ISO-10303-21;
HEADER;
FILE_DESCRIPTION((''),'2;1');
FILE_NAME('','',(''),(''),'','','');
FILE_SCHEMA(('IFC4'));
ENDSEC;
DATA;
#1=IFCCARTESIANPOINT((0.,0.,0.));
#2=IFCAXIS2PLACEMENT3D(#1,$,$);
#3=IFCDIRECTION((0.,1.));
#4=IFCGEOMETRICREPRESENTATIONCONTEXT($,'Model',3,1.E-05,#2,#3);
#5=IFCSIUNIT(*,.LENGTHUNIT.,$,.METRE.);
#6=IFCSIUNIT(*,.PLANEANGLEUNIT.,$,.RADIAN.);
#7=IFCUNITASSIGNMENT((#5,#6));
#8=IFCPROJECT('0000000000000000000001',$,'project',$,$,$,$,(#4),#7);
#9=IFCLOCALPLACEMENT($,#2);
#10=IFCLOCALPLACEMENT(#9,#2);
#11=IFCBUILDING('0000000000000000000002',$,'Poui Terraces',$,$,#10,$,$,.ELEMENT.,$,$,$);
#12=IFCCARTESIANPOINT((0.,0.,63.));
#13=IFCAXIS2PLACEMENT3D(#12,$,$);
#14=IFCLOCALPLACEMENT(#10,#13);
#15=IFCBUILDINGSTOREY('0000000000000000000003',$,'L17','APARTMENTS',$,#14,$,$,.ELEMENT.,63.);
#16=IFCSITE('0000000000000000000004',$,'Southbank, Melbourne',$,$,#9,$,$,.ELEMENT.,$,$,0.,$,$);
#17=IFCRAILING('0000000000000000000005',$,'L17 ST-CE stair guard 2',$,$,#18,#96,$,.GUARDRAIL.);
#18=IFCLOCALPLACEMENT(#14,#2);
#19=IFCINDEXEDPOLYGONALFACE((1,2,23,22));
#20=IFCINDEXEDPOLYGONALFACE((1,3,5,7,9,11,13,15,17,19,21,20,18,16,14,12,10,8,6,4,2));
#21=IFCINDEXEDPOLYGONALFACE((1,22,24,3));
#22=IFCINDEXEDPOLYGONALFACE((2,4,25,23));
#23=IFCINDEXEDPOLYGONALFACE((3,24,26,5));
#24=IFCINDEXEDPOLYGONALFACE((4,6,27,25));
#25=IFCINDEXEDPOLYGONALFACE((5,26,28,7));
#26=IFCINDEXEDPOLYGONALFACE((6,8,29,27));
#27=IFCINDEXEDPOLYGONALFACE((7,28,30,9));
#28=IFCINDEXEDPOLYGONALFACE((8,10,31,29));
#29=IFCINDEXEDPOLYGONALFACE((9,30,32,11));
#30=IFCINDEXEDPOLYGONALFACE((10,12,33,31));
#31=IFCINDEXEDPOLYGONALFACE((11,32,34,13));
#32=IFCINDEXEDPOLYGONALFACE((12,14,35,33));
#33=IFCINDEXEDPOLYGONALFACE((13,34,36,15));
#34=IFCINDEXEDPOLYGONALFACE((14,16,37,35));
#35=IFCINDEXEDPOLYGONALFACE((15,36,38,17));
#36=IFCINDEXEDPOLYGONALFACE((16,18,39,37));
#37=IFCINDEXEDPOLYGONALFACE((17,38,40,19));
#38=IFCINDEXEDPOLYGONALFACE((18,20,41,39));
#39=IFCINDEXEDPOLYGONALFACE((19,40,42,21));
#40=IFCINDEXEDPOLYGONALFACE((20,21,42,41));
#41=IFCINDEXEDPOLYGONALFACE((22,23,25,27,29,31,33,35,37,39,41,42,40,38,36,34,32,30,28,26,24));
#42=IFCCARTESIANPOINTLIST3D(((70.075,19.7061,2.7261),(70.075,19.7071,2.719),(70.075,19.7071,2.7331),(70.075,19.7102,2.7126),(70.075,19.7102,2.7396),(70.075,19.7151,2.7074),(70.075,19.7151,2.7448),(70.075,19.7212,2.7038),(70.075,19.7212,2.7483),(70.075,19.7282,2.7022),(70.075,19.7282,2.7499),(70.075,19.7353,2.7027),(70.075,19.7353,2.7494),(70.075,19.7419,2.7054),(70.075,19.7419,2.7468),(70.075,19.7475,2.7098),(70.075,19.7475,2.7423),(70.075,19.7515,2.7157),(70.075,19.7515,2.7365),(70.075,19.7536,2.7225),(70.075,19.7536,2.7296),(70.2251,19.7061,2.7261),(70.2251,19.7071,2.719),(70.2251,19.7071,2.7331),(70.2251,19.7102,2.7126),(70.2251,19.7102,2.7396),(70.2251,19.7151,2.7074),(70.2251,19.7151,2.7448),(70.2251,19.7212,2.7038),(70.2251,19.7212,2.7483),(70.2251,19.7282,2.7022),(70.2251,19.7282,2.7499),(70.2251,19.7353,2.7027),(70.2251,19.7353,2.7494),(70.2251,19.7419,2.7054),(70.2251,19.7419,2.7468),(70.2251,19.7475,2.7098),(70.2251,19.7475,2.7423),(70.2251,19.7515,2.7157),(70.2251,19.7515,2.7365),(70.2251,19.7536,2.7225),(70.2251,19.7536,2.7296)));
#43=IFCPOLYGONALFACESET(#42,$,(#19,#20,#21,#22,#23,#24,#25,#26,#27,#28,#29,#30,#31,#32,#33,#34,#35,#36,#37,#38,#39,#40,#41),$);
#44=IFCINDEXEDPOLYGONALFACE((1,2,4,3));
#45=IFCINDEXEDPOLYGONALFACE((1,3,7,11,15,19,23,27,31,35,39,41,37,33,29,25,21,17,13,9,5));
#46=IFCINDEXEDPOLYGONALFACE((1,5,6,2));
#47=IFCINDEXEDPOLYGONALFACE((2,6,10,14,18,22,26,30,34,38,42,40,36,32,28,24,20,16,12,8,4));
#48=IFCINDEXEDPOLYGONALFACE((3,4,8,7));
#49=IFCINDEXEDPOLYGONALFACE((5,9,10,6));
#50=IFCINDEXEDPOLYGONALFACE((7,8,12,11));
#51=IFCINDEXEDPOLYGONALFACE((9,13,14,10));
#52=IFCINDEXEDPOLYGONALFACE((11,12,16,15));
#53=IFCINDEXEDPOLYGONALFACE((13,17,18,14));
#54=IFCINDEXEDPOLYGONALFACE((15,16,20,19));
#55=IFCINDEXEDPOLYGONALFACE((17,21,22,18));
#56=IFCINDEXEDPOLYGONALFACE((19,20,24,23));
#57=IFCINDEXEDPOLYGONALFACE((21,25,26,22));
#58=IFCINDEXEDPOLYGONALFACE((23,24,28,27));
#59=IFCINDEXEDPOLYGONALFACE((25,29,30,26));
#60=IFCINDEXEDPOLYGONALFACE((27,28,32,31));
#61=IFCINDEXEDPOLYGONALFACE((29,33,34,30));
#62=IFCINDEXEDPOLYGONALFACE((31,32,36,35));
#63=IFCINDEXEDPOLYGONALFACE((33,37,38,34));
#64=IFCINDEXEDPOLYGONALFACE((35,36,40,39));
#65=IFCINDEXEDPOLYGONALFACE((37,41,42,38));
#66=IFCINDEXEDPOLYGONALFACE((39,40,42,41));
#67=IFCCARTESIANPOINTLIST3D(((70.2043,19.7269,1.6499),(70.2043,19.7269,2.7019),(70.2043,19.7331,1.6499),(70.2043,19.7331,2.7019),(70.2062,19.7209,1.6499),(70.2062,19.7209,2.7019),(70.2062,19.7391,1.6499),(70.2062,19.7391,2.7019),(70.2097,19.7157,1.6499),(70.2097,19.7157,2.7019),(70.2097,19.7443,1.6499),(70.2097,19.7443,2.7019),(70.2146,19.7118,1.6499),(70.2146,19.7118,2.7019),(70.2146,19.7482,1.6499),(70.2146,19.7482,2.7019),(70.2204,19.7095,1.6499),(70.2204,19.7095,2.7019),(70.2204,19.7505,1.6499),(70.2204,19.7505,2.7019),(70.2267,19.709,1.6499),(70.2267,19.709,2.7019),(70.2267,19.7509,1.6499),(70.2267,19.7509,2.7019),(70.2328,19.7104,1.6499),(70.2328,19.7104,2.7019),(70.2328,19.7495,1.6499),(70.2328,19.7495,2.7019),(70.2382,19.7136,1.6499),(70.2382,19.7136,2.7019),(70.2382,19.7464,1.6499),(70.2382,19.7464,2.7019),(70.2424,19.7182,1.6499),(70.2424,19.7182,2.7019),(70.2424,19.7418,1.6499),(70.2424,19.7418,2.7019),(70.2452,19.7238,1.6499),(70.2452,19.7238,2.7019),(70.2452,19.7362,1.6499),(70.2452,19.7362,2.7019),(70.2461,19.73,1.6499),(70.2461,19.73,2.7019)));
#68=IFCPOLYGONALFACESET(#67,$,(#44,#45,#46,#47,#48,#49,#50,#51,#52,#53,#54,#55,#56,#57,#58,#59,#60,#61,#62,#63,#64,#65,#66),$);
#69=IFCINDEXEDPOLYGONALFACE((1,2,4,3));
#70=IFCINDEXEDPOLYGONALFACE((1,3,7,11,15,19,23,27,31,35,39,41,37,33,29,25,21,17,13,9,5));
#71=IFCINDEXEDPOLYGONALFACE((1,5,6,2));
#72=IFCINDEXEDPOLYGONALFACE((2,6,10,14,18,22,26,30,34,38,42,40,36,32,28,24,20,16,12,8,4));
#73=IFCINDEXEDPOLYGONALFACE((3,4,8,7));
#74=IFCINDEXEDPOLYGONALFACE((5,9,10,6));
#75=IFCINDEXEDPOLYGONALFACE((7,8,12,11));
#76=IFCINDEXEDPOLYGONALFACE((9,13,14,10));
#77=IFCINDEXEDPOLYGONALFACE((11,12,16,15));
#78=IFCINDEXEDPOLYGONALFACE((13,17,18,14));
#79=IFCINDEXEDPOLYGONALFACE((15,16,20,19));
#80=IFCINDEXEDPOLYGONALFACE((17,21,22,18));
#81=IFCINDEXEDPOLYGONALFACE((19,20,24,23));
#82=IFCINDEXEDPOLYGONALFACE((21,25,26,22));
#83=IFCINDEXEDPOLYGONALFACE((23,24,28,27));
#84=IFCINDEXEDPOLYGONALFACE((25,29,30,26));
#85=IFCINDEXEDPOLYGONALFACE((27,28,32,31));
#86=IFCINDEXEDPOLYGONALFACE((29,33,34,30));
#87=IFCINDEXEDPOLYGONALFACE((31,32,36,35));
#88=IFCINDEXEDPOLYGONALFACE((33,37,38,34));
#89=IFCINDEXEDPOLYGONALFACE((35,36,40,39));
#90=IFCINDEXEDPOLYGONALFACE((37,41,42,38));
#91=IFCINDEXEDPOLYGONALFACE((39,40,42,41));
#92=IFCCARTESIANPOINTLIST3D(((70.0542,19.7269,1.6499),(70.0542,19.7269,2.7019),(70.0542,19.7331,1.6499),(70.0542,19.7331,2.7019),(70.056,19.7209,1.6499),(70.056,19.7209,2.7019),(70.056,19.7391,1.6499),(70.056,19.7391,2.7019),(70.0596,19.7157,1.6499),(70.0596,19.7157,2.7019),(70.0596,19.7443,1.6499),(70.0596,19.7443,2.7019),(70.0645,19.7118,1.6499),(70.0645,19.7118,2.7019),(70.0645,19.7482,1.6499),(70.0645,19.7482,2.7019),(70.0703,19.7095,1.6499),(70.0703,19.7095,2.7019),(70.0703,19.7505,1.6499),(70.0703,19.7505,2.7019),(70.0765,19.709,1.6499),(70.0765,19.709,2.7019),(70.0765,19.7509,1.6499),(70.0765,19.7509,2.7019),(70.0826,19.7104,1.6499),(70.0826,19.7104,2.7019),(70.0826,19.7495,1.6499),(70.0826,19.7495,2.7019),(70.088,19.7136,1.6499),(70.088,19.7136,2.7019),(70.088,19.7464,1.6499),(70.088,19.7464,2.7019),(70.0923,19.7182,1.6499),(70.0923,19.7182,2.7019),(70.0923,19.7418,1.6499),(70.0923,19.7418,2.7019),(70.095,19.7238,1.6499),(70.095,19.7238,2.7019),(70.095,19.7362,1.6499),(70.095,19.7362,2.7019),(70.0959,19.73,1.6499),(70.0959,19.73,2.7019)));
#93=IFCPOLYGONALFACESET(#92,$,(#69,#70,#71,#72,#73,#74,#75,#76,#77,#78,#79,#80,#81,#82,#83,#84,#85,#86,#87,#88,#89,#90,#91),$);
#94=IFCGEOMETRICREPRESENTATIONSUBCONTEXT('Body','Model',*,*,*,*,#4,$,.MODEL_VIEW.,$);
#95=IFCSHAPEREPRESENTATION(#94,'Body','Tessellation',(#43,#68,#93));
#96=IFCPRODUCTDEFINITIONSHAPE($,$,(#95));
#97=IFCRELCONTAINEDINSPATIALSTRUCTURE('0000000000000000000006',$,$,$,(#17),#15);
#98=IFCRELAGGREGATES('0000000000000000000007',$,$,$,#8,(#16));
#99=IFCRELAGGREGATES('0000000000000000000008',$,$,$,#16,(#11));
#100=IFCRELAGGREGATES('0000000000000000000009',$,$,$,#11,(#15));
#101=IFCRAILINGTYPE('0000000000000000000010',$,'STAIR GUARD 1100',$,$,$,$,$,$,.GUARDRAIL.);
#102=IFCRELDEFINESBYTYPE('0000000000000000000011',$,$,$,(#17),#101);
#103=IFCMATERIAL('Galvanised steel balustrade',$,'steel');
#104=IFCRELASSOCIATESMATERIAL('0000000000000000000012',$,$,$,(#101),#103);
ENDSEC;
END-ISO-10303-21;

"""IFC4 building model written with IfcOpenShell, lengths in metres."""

from ifc_helpers import new_model, si_unit, direction, frame, origin, origin_2d, place, context, subcontext, project, spatial, circle, extrude, material, type_object, element, save


model = new_model("IFC4")

# Units and contexts
model_context = context("Model", 3, precision=1e-05, world=origin(), true_north=direction((0.0, 1.0)))
body_context = subcontext(model_context, "Body", "Model", "MODEL_VIEW")
ifc_project = project(units=[si_unit("LENGTHUNIT", "METRE"), si_unit("PLANEANGLEUNIT", "RADIAN")], contexts=[model_context])

# Site, building, storey
site_placement = place(None, origin())
site = spatial("IfcSite", under=ifc_project, at=site_placement, Name="Southbank, Melbourne", CompositionType="ELEMENT", RefElevation=0.0)
building_placement = place(site_placement, origin())
building = spatial("IfcBuilding", under=site, at=building_placement, Name="Poui Terraces", CompositionType="ELEMENT")
storey_placement = place(building_placement, frame((0.0, 0.0, 63.0)))
storey = spatial("IfcBuildingStorey", under=building, at=storey_placement, Name="L17", Description="APARTMENTS", CompositionType="ELEMENT", Elevation=63.0)

# Railing
ifc_material_1 = material(Name="Galvanised steel balustrade", Category="steel")
railing_type_1 = type_object("IfcRailingType", Name="STAIR GUARD 1100", PredefinedType="GUARDRAIL", material=ifc_material_1)
railing_1_placement = place(storey_placement, frame((70.2251, 19.73, 1.6499)))
element("IfcRailing", 1, at=railing_1_placement, inside=storey, type_object=railing_type_1, Name="L17 ST-CE stair guard 2", PredefinedType="GUARDRAIL", context=body_context, shape_type="SweptSolid", body=[
    extrude(circle(Radius=0.0239, at=origin_2d()), frame((0.0, 0.0, 1.0762), z_axis=(-1.0, 0.0, 0.0), x_axis=(0.0, -1.0, 0.0)), (0.0, 0.0, 1.0), 0.1501),
    extrude(circle(Radius=0.021, at=origin_2d()), origin(), (0.0, 0.0, 1.0), 1.052),
    extrude(circle(Radius=0.021, at=origin_2d()), frame((-0.1501, 0.0, 0.0)), (0.0, 0.0, 1.0), 1.052),
])

save(model, "model.ifc")
